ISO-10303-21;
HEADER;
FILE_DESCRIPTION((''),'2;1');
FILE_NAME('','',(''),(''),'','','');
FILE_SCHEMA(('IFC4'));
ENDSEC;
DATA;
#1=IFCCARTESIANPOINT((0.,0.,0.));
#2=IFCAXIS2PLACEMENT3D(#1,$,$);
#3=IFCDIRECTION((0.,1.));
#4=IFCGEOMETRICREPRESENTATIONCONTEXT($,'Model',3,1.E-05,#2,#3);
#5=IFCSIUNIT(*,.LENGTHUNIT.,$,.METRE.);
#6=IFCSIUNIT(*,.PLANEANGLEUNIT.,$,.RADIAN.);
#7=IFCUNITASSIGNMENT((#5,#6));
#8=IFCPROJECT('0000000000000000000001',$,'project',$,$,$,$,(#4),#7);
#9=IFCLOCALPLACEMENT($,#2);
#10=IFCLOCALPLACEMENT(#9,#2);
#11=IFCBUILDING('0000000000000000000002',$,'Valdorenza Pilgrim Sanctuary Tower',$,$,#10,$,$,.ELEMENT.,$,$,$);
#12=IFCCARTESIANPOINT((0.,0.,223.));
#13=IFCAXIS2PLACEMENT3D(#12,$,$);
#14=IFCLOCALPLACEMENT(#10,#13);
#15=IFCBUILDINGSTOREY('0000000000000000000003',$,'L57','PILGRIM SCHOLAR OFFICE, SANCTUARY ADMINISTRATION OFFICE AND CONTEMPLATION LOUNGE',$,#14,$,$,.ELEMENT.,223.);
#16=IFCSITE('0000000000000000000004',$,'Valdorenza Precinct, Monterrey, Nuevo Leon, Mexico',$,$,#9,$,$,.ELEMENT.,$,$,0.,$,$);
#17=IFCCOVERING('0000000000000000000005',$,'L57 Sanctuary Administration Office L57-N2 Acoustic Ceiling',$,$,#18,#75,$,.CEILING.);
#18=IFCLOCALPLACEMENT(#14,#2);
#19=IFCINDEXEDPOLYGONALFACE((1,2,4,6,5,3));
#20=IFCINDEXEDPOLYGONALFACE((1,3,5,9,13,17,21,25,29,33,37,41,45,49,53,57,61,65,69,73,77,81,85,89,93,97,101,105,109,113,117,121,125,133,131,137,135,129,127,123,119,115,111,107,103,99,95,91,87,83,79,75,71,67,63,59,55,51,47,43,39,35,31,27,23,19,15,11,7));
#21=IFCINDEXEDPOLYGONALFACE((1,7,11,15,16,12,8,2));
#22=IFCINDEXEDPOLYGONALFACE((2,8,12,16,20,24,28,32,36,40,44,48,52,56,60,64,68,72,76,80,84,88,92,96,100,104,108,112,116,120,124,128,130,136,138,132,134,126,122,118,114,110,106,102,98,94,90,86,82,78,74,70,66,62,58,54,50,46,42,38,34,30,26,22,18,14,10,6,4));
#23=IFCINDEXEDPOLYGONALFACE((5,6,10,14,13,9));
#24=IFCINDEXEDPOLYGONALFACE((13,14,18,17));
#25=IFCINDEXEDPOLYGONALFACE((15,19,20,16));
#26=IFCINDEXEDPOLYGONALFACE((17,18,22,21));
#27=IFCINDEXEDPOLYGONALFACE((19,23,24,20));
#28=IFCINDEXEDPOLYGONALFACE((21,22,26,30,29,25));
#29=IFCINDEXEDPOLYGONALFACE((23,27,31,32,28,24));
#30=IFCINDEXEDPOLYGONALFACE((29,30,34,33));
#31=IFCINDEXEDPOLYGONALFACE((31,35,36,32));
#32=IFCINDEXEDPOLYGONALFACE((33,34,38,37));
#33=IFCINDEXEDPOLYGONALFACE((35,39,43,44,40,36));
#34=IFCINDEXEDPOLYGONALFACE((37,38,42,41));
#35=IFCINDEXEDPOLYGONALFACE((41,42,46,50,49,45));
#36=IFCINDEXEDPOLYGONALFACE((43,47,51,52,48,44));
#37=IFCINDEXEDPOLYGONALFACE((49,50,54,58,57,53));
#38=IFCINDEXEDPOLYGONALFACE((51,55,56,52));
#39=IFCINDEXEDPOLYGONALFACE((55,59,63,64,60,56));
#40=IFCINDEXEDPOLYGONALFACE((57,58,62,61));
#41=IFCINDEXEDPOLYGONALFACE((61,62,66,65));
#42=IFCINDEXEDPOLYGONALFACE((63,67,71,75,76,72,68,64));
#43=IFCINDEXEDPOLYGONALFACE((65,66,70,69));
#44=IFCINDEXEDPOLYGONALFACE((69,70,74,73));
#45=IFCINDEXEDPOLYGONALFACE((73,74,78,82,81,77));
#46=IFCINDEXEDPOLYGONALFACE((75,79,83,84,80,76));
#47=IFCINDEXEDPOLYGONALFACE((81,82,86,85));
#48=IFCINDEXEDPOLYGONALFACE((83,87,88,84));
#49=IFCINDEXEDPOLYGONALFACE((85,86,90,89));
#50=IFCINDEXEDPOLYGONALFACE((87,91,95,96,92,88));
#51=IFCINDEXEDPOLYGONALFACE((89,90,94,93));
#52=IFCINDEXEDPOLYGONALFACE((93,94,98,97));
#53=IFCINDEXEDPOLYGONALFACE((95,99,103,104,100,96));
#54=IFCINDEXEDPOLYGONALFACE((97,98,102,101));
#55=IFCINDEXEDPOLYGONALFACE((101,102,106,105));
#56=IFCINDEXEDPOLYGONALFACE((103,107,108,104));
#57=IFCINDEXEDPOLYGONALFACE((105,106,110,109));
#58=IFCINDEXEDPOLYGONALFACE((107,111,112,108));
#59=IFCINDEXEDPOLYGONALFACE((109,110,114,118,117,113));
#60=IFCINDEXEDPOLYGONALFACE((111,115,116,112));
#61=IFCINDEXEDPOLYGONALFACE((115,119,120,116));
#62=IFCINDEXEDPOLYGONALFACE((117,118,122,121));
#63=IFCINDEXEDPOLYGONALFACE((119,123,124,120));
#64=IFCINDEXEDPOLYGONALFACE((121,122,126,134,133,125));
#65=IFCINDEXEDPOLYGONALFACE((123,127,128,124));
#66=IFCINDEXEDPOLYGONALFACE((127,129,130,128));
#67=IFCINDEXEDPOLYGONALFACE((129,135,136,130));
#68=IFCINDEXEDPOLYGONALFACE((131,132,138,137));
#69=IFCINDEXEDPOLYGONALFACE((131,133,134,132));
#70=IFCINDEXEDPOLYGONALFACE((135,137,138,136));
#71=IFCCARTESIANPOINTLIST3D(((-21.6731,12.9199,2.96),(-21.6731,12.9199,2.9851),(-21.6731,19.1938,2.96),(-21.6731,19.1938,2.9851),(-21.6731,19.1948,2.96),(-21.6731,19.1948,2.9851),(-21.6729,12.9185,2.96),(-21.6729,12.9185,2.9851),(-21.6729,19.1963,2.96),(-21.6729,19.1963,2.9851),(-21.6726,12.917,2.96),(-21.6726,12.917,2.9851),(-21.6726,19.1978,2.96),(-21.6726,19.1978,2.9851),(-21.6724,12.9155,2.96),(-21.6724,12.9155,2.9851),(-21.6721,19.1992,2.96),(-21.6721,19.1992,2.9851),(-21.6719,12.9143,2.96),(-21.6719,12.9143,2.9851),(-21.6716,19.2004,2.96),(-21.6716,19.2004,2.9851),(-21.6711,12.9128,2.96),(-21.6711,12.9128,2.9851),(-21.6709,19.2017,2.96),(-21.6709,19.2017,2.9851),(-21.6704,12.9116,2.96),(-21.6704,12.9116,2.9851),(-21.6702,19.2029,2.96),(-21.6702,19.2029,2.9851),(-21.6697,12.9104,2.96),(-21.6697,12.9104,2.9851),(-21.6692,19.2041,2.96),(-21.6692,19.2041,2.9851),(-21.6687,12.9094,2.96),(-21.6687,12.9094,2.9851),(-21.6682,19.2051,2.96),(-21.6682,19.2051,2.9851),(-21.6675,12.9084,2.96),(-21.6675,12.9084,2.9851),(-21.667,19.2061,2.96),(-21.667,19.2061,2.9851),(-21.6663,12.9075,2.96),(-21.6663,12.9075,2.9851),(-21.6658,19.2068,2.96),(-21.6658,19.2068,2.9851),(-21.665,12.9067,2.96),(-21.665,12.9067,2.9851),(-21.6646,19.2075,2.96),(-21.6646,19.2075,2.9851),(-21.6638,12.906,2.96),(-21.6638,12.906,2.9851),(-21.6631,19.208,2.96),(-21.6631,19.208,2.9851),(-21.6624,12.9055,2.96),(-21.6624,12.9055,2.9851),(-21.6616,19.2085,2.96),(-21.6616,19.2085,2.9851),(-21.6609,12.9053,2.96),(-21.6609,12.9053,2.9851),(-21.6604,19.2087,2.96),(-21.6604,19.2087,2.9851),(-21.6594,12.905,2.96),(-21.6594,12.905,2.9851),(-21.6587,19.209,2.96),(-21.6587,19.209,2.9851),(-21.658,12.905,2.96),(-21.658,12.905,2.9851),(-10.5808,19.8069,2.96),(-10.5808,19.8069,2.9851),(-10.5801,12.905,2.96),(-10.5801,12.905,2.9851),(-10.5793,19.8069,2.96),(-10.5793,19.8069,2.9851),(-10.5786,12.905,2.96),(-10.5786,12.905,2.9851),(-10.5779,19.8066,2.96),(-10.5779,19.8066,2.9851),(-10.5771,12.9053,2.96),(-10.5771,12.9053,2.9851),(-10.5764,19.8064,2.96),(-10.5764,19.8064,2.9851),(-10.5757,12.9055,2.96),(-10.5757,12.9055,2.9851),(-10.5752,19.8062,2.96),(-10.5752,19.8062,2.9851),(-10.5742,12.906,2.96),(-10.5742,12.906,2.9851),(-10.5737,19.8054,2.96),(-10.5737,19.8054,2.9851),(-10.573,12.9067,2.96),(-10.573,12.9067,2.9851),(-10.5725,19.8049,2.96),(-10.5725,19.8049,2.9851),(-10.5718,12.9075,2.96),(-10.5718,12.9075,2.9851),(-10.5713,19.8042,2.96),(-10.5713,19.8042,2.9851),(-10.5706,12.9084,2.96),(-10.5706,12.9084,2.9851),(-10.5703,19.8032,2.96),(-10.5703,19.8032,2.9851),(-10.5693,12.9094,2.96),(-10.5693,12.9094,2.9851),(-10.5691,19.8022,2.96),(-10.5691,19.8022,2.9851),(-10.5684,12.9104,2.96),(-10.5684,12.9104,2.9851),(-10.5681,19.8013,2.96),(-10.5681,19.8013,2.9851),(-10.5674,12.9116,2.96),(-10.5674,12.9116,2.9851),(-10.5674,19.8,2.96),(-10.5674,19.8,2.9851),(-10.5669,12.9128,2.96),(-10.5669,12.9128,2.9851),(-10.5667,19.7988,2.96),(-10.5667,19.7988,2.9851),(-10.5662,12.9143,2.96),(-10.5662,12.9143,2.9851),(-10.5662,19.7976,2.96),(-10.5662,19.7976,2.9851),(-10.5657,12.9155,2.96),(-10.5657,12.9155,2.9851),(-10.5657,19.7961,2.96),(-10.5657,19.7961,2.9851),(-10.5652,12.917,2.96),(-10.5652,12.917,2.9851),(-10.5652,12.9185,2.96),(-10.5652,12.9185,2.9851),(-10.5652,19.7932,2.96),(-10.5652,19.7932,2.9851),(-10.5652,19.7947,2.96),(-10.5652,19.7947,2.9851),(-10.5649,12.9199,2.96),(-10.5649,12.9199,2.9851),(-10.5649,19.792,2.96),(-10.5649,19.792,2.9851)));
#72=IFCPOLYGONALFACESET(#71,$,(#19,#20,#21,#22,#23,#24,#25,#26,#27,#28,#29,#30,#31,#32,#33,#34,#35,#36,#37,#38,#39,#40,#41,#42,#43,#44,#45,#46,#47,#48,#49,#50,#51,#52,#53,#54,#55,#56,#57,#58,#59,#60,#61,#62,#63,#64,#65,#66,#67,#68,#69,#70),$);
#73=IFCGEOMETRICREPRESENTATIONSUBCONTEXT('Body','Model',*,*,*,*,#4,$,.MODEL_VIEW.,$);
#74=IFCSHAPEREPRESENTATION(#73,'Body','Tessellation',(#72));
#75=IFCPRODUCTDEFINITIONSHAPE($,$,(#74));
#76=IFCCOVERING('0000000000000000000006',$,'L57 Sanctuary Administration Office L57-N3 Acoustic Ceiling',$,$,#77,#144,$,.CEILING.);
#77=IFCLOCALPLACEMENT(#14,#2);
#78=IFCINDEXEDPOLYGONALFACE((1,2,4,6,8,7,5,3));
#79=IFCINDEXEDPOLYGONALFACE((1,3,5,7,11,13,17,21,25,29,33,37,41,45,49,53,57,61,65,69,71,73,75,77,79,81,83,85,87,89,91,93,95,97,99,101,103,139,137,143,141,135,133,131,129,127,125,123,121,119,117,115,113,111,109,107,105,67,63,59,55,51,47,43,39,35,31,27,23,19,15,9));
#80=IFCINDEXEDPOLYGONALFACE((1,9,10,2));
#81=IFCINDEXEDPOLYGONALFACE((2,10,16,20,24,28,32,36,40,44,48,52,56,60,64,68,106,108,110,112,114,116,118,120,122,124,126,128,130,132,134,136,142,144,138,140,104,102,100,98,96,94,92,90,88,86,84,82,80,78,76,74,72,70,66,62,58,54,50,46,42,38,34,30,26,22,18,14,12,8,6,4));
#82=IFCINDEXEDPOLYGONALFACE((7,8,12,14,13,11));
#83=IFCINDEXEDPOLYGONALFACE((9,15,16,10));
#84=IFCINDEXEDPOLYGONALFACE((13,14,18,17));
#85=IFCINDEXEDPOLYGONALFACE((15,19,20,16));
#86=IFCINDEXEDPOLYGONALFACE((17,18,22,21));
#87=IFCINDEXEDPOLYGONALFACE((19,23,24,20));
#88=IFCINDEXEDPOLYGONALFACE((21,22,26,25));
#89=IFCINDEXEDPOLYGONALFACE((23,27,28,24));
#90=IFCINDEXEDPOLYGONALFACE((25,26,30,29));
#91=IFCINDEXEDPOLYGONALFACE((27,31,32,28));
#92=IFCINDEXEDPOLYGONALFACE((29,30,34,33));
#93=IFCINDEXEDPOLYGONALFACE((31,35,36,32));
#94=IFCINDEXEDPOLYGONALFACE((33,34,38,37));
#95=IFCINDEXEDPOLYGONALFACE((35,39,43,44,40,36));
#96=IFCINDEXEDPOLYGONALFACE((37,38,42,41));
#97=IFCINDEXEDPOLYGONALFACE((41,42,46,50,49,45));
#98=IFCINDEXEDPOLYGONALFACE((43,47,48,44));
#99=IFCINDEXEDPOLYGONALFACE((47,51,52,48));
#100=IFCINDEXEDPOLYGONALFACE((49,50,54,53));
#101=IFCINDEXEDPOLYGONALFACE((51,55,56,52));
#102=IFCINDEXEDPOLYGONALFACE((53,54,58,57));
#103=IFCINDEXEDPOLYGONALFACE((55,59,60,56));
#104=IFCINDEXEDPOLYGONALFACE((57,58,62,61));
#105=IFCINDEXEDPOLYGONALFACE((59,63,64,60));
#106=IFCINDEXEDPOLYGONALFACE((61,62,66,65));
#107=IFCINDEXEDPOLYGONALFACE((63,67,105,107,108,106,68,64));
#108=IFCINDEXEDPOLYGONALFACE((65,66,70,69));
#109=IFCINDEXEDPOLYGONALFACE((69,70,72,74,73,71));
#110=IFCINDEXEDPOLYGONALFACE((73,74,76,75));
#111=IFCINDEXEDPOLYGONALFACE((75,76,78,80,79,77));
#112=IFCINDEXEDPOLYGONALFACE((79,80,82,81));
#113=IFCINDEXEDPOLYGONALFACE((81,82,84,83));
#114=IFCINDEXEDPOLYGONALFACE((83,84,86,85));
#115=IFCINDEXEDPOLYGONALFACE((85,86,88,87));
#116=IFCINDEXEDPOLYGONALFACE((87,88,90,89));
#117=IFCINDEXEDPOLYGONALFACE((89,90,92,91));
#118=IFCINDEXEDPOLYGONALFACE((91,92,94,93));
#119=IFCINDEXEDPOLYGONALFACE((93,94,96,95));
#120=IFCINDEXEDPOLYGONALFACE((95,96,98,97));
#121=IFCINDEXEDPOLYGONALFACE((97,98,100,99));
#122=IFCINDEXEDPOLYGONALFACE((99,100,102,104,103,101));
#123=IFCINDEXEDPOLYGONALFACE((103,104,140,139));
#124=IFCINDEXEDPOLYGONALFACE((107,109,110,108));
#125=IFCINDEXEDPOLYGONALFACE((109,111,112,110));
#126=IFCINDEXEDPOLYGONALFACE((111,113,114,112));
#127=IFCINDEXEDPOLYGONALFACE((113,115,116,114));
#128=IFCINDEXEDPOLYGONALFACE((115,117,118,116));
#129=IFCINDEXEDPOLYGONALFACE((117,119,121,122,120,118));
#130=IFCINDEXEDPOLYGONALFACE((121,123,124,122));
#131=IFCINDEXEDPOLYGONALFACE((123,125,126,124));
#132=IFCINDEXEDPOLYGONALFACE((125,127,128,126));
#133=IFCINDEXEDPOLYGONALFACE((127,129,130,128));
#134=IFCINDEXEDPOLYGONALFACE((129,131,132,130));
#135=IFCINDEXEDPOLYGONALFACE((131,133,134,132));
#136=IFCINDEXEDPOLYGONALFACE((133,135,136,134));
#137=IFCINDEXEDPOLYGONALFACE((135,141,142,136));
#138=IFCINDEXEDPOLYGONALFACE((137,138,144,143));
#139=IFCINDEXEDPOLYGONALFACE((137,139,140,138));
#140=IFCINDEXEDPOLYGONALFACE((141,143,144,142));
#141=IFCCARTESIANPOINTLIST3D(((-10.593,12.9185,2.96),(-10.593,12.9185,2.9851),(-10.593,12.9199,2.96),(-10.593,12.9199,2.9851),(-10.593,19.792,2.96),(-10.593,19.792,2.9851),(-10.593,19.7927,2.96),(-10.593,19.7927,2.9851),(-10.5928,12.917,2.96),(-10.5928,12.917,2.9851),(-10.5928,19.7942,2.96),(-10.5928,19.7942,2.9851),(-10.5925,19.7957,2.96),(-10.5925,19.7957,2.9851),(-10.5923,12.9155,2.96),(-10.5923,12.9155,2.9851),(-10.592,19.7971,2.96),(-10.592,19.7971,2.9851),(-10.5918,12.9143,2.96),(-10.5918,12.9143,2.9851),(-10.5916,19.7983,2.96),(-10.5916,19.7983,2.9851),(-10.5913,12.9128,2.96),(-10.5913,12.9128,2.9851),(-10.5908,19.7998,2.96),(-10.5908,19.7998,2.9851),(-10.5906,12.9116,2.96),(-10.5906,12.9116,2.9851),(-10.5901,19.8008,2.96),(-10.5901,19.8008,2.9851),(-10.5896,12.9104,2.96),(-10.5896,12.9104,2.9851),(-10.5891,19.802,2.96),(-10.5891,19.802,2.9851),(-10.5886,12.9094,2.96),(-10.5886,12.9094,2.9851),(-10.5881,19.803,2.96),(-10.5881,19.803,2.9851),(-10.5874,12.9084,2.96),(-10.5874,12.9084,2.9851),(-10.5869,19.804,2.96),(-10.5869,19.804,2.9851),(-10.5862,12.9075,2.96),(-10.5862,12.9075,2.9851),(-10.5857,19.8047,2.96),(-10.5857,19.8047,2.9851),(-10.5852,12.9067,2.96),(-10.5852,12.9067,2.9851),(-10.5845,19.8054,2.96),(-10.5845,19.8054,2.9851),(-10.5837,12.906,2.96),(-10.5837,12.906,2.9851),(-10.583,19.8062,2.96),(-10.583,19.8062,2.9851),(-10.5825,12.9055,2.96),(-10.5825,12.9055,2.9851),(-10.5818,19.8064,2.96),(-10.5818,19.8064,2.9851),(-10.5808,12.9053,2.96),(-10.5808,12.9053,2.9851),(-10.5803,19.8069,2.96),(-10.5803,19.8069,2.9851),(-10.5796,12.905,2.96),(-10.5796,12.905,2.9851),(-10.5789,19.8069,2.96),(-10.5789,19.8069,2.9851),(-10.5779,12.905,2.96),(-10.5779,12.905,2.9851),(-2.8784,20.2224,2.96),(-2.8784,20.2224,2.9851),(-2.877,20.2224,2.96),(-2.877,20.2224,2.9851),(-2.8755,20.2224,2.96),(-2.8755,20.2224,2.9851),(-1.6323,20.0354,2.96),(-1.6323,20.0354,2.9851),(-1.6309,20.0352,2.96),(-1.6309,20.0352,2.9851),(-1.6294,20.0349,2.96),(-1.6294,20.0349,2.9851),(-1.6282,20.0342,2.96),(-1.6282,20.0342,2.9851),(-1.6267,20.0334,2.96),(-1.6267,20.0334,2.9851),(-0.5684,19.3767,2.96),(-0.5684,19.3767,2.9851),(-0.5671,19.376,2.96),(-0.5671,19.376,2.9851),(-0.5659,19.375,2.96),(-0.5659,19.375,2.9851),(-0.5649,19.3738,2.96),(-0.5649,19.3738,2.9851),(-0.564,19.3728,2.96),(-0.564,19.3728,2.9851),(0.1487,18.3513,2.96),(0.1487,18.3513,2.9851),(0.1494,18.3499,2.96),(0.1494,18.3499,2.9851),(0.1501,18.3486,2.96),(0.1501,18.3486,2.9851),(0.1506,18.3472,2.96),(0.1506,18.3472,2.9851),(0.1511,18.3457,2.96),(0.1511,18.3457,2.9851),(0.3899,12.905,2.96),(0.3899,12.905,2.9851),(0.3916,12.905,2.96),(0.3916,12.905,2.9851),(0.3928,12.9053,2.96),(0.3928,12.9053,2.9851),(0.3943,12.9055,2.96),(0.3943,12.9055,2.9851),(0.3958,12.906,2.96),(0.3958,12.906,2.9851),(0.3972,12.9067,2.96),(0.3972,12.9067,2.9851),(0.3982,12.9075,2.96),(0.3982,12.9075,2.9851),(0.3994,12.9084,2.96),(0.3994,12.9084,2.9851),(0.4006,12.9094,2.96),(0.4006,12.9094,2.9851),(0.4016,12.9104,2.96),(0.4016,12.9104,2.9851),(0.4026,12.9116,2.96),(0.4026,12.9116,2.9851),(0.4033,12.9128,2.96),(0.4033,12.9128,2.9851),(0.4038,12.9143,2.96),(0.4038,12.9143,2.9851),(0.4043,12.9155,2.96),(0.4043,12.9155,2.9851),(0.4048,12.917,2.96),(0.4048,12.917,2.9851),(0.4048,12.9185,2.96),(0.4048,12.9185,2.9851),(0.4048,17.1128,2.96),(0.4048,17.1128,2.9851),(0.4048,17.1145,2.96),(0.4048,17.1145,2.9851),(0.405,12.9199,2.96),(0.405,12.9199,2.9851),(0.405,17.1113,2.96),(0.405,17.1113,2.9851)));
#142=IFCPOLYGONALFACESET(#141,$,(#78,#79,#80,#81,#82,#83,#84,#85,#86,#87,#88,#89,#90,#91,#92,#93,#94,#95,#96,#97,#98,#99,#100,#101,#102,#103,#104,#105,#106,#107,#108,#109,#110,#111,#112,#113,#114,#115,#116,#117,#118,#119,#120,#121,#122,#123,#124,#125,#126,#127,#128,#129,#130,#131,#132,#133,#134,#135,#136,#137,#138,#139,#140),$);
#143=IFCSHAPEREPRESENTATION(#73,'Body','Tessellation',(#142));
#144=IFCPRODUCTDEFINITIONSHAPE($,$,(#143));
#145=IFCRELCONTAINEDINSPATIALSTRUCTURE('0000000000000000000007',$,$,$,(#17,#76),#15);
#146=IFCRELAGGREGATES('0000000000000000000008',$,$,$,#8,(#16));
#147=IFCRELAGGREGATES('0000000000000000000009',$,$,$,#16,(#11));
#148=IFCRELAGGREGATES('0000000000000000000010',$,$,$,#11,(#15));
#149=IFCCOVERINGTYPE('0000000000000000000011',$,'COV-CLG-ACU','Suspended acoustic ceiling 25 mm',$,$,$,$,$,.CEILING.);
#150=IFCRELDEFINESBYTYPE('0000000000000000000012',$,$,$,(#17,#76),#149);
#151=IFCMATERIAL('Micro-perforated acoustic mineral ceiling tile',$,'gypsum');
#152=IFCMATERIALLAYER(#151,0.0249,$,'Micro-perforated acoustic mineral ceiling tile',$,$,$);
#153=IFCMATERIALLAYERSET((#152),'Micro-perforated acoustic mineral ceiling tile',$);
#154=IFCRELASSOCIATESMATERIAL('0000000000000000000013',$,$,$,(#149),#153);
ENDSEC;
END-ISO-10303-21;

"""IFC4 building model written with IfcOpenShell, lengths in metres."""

from ifc_helpers import new_model, si_unit, direction, frame, origin, place, context, subcontext, project, spatial, polyline, outline, extrude, material, layer, layer_set, type_object, element, save


model = new_model("IFC4")

# Units and contexts
model_context = context("Model", 3, precision=1e-05, world=origin(), true_north=direction((0.0, 1.0)))
body_context = subcontext(model_context, "Body", "Model", "MODEL_VIEW")
ifc_project = project(units=[si_unit("LENGTHUNIT", "METRE"), si_unit("PLANEANGLEUNIT", "RADIAN")], contexts=[model_context])

# Site, building, storey
site_placement = place(None, origin())
site = spatial("IfcSite", under=ifc_project, at=site_placement, Name="Valdorenza Precinct, Monterrey, Nuevo Leon, Mexico", CompositionType="ELEMENT", RefElevation=0.0)
building_placement = place(site_placement, origin())
building = spatial("IfcBuilding", under=site, at=building_placement, Name="Valdorenza Pilgrim Sanctuary Tower", CompositionType="ELEMENT")
storey_placement = place(building_placement, frame((0.0, 0.0, 223.0)))
storey = spatial("IfcBuildingStorey", under=building, at=storey_placement, Name="L57", Description="PILGRIM SCHOLAR OFFICE, SANCTUARY ADMINISTRATION OFFICE AND CONTEMPLATION LOUNGE", CompositionType="ELEMENT", Elevation=223.0)

# Coverings
ifc_material_1 = material(Name="Micro-perforated acoustic mineral ceiling tile", Category="gypsum")
ifc_layer_1 = layer(ifc_material_1, 0.0249, Name="Micro-perforated acoustic mineral ceiling tile")
ifc_layer_set_1 = layer_set([ifc_layer_1], Name="Micro-perforated acoustic mineral ceiling tile")
covering_type_1 = type_object("IfcCoveringType", Name="COV-CLG-ACU", Description="Suspended acoustic ceiling 25 mm", PredefinedType="CEILING", material=ifc_layer_set_1)
covering_1_placement = place(storey_placement, frame((0.0, 0.0, 2.96)))
element("IfcCovering", 1, at=covering_1_placement, inside=storey, type_object=covering_type_1, Name="L57 Sanctuary Administration Office L57-N2 Acoustic Ceiling", PredefinedType="CEILING", context=body_context, shape_type="SweptSolid", body=[
    extrude(outline(polyline([(-21.6731, 19.1938), (-21.6731, 19.1948), (-21.6729, 19.1963), (-21.6726, 19.1978), (-21.6721, 19.1992), (-21.6716, 19.2004), (-21.6709, 19.2017), (-21.6702, 19.2029), (-21.6692, 19.2041), (-21.6682, 19.2051), (-21.667, 19.2061), (-21.6658, 19.2068), (-21.6646, 19.2075), (-21.6631, 19.208), (-21.6616, 19.2085), (-21.6604, 19.2087), (-21.6587, 19.209), (-10.5808, 19.8069), (-10.5793, 19.8069), (-10.5779, 19.8066), (-10.5764, 19.8064), (-10.5752, 19.8062), (-10.5737, 19.8054), (-10.5725, 19.8049), (-10.5713, 19.8042), (-10.5703, 19.8032), (-10.5691, 19.8022), (-10.5681, 19.8013), (-10.5674, 19.8), (-10.5667, 19.7988), (-10.5662, 19.7976), (-10.5657, 19.7961), (-10.5652, 19.7947), (-10.5652, 19.7932), (-10.5649, 19.792), (-10.5649, 12.9199), (-10.5652, 12.9185), (-10.5652, 12.917), (-10.5657, 12.9155), (-10.5662, 12.9143), (-10.5669, 12.9128), (-10.5674, 12.9116), (-10.5684, 12.9104), (-10.5693, 12.9094), (-10.5706, 12.9084), (-10.5718, 12.9075), (-10.573, 12.9067), (-10.5742, 12.906), (-10.5757, 12.9055), (-10.5771, 12.9053), (-10.5786, 12.905), (-10.5801, 12.905), (-21.658, 12.905), (-21.6594, 12.905), (-21.6609, 12.9053), (-21.6624, 12.9055), (-21.6638, 12.906), (-21.665, 12.9067), (-21.6663, 12.9075), (-21.6675, 12.9084), (-21.6687, 12.9094), (-21.6697, 12.9104), (-21.6704, 12.9116), (-21.6711, 12.9128), (-21.6719, 12.9143), (-21.6724, 12.9155), (-21.6726, 12.917), (-21.6729, 12.9185), (-21.6731, 12.9199), (-21.6731, 19.1938), (-21.6731, 19.1938)])), origin(), (0.0, 0.0, 1.0), 0.0251),
])
covering_2_placement = place(storey_placement, frame((0.0, 0.0, 2.96)))
element("IfcCovering", 2, at=covering_2_placement, inside=storey, type_object=covering_type_1, Name="L57 Sanctuary Administration Office L57-N3 Acoustic Ceiling", PredefinedType="CEILING", context=body_context, shape_type="SweptSolid", body=[
    extrude(outline(polyline([(-10.593, 19.792), (-10.593, 19.7927), (-10.5928, 19.7942), (-10.5925, 19.7957), (-10.592, 19.7971), (-10.5916, 19.7983), (-10.5908, 19.7998), (-10.5901, 19.8008), (-10.5891, 19.802), (-10.5881, 19.803), (-10.5869, 19.804), (-10.5857, 19.8047), (-10.5845, 19.8054), (-10.583, 19.8062), (-10.5818, 19.8064), (-10.5803, 19.8069), (-10.5789, 19.8069), (-2.8784, 20.2224), (-2.877, 20.2224), (-2.8755, 20.2224), (-1.6323, 20.0354), (-1.6309, 20.0352), (-1.6294, 20.0349), (-1.6282, 20.0342), (-1.6267, 20.0334), (-0.5684, 19.3767), (-0.5671, 19.376), (-0.5659, 19.375), (-0.5649, 19.3738), (-0.564, 19.3728), (0.1487, 18.3513), (0.1494, 18.3499), (0.1501, 18.3486), (0.1506, 18.3472), (0.1511, 18.3457), (0.4048, 17.1145), (0.4048, 17.1128), (0.405, 17.1113), (0.405, 12.9199), (0.4048, 12.9185), (0.4048, 12.917), (0.4043, 12.9155), (0.4038, 12.9143), (0.4033, 12.9128), (0.4026, 12.9116), (0.4016, 12.9104), (0.4006, 12.9094), (0.3994, 12.9084), (0.3982, 12.9075), (0.3972, 12.9067), (0.3958, 12.906), (0.3943, 12.9055), (0.3928, 12.9053), (0.3916, 12.905), (0.3899, 12.905), (-10.5779, 12.905), (-10.5796, 12.905), (-10.5808, 12.9053), (-10.5825, 12.9055), (-10.5837, 12.906), (-10.5852, 12.9067), (-10.5862, 12.9075), (-10.5874, 12.9084), (-10.5886, 12.9094), (-10.5896, 12.9104), (-10.5906, 12.9116), (-10.5913, 12.9128), (-10.5918, 12.9143), (-10.5923, 12.9155), (-10.5928, 12.917), (-10.593, 12.9185), (-10.593, 12.9199), (-10.593, 19.792), (-10.593, 19.792)])), origin(), (0.0, 0.0, 1.0), 0.0251),
])

save(model, "model.ifc")
